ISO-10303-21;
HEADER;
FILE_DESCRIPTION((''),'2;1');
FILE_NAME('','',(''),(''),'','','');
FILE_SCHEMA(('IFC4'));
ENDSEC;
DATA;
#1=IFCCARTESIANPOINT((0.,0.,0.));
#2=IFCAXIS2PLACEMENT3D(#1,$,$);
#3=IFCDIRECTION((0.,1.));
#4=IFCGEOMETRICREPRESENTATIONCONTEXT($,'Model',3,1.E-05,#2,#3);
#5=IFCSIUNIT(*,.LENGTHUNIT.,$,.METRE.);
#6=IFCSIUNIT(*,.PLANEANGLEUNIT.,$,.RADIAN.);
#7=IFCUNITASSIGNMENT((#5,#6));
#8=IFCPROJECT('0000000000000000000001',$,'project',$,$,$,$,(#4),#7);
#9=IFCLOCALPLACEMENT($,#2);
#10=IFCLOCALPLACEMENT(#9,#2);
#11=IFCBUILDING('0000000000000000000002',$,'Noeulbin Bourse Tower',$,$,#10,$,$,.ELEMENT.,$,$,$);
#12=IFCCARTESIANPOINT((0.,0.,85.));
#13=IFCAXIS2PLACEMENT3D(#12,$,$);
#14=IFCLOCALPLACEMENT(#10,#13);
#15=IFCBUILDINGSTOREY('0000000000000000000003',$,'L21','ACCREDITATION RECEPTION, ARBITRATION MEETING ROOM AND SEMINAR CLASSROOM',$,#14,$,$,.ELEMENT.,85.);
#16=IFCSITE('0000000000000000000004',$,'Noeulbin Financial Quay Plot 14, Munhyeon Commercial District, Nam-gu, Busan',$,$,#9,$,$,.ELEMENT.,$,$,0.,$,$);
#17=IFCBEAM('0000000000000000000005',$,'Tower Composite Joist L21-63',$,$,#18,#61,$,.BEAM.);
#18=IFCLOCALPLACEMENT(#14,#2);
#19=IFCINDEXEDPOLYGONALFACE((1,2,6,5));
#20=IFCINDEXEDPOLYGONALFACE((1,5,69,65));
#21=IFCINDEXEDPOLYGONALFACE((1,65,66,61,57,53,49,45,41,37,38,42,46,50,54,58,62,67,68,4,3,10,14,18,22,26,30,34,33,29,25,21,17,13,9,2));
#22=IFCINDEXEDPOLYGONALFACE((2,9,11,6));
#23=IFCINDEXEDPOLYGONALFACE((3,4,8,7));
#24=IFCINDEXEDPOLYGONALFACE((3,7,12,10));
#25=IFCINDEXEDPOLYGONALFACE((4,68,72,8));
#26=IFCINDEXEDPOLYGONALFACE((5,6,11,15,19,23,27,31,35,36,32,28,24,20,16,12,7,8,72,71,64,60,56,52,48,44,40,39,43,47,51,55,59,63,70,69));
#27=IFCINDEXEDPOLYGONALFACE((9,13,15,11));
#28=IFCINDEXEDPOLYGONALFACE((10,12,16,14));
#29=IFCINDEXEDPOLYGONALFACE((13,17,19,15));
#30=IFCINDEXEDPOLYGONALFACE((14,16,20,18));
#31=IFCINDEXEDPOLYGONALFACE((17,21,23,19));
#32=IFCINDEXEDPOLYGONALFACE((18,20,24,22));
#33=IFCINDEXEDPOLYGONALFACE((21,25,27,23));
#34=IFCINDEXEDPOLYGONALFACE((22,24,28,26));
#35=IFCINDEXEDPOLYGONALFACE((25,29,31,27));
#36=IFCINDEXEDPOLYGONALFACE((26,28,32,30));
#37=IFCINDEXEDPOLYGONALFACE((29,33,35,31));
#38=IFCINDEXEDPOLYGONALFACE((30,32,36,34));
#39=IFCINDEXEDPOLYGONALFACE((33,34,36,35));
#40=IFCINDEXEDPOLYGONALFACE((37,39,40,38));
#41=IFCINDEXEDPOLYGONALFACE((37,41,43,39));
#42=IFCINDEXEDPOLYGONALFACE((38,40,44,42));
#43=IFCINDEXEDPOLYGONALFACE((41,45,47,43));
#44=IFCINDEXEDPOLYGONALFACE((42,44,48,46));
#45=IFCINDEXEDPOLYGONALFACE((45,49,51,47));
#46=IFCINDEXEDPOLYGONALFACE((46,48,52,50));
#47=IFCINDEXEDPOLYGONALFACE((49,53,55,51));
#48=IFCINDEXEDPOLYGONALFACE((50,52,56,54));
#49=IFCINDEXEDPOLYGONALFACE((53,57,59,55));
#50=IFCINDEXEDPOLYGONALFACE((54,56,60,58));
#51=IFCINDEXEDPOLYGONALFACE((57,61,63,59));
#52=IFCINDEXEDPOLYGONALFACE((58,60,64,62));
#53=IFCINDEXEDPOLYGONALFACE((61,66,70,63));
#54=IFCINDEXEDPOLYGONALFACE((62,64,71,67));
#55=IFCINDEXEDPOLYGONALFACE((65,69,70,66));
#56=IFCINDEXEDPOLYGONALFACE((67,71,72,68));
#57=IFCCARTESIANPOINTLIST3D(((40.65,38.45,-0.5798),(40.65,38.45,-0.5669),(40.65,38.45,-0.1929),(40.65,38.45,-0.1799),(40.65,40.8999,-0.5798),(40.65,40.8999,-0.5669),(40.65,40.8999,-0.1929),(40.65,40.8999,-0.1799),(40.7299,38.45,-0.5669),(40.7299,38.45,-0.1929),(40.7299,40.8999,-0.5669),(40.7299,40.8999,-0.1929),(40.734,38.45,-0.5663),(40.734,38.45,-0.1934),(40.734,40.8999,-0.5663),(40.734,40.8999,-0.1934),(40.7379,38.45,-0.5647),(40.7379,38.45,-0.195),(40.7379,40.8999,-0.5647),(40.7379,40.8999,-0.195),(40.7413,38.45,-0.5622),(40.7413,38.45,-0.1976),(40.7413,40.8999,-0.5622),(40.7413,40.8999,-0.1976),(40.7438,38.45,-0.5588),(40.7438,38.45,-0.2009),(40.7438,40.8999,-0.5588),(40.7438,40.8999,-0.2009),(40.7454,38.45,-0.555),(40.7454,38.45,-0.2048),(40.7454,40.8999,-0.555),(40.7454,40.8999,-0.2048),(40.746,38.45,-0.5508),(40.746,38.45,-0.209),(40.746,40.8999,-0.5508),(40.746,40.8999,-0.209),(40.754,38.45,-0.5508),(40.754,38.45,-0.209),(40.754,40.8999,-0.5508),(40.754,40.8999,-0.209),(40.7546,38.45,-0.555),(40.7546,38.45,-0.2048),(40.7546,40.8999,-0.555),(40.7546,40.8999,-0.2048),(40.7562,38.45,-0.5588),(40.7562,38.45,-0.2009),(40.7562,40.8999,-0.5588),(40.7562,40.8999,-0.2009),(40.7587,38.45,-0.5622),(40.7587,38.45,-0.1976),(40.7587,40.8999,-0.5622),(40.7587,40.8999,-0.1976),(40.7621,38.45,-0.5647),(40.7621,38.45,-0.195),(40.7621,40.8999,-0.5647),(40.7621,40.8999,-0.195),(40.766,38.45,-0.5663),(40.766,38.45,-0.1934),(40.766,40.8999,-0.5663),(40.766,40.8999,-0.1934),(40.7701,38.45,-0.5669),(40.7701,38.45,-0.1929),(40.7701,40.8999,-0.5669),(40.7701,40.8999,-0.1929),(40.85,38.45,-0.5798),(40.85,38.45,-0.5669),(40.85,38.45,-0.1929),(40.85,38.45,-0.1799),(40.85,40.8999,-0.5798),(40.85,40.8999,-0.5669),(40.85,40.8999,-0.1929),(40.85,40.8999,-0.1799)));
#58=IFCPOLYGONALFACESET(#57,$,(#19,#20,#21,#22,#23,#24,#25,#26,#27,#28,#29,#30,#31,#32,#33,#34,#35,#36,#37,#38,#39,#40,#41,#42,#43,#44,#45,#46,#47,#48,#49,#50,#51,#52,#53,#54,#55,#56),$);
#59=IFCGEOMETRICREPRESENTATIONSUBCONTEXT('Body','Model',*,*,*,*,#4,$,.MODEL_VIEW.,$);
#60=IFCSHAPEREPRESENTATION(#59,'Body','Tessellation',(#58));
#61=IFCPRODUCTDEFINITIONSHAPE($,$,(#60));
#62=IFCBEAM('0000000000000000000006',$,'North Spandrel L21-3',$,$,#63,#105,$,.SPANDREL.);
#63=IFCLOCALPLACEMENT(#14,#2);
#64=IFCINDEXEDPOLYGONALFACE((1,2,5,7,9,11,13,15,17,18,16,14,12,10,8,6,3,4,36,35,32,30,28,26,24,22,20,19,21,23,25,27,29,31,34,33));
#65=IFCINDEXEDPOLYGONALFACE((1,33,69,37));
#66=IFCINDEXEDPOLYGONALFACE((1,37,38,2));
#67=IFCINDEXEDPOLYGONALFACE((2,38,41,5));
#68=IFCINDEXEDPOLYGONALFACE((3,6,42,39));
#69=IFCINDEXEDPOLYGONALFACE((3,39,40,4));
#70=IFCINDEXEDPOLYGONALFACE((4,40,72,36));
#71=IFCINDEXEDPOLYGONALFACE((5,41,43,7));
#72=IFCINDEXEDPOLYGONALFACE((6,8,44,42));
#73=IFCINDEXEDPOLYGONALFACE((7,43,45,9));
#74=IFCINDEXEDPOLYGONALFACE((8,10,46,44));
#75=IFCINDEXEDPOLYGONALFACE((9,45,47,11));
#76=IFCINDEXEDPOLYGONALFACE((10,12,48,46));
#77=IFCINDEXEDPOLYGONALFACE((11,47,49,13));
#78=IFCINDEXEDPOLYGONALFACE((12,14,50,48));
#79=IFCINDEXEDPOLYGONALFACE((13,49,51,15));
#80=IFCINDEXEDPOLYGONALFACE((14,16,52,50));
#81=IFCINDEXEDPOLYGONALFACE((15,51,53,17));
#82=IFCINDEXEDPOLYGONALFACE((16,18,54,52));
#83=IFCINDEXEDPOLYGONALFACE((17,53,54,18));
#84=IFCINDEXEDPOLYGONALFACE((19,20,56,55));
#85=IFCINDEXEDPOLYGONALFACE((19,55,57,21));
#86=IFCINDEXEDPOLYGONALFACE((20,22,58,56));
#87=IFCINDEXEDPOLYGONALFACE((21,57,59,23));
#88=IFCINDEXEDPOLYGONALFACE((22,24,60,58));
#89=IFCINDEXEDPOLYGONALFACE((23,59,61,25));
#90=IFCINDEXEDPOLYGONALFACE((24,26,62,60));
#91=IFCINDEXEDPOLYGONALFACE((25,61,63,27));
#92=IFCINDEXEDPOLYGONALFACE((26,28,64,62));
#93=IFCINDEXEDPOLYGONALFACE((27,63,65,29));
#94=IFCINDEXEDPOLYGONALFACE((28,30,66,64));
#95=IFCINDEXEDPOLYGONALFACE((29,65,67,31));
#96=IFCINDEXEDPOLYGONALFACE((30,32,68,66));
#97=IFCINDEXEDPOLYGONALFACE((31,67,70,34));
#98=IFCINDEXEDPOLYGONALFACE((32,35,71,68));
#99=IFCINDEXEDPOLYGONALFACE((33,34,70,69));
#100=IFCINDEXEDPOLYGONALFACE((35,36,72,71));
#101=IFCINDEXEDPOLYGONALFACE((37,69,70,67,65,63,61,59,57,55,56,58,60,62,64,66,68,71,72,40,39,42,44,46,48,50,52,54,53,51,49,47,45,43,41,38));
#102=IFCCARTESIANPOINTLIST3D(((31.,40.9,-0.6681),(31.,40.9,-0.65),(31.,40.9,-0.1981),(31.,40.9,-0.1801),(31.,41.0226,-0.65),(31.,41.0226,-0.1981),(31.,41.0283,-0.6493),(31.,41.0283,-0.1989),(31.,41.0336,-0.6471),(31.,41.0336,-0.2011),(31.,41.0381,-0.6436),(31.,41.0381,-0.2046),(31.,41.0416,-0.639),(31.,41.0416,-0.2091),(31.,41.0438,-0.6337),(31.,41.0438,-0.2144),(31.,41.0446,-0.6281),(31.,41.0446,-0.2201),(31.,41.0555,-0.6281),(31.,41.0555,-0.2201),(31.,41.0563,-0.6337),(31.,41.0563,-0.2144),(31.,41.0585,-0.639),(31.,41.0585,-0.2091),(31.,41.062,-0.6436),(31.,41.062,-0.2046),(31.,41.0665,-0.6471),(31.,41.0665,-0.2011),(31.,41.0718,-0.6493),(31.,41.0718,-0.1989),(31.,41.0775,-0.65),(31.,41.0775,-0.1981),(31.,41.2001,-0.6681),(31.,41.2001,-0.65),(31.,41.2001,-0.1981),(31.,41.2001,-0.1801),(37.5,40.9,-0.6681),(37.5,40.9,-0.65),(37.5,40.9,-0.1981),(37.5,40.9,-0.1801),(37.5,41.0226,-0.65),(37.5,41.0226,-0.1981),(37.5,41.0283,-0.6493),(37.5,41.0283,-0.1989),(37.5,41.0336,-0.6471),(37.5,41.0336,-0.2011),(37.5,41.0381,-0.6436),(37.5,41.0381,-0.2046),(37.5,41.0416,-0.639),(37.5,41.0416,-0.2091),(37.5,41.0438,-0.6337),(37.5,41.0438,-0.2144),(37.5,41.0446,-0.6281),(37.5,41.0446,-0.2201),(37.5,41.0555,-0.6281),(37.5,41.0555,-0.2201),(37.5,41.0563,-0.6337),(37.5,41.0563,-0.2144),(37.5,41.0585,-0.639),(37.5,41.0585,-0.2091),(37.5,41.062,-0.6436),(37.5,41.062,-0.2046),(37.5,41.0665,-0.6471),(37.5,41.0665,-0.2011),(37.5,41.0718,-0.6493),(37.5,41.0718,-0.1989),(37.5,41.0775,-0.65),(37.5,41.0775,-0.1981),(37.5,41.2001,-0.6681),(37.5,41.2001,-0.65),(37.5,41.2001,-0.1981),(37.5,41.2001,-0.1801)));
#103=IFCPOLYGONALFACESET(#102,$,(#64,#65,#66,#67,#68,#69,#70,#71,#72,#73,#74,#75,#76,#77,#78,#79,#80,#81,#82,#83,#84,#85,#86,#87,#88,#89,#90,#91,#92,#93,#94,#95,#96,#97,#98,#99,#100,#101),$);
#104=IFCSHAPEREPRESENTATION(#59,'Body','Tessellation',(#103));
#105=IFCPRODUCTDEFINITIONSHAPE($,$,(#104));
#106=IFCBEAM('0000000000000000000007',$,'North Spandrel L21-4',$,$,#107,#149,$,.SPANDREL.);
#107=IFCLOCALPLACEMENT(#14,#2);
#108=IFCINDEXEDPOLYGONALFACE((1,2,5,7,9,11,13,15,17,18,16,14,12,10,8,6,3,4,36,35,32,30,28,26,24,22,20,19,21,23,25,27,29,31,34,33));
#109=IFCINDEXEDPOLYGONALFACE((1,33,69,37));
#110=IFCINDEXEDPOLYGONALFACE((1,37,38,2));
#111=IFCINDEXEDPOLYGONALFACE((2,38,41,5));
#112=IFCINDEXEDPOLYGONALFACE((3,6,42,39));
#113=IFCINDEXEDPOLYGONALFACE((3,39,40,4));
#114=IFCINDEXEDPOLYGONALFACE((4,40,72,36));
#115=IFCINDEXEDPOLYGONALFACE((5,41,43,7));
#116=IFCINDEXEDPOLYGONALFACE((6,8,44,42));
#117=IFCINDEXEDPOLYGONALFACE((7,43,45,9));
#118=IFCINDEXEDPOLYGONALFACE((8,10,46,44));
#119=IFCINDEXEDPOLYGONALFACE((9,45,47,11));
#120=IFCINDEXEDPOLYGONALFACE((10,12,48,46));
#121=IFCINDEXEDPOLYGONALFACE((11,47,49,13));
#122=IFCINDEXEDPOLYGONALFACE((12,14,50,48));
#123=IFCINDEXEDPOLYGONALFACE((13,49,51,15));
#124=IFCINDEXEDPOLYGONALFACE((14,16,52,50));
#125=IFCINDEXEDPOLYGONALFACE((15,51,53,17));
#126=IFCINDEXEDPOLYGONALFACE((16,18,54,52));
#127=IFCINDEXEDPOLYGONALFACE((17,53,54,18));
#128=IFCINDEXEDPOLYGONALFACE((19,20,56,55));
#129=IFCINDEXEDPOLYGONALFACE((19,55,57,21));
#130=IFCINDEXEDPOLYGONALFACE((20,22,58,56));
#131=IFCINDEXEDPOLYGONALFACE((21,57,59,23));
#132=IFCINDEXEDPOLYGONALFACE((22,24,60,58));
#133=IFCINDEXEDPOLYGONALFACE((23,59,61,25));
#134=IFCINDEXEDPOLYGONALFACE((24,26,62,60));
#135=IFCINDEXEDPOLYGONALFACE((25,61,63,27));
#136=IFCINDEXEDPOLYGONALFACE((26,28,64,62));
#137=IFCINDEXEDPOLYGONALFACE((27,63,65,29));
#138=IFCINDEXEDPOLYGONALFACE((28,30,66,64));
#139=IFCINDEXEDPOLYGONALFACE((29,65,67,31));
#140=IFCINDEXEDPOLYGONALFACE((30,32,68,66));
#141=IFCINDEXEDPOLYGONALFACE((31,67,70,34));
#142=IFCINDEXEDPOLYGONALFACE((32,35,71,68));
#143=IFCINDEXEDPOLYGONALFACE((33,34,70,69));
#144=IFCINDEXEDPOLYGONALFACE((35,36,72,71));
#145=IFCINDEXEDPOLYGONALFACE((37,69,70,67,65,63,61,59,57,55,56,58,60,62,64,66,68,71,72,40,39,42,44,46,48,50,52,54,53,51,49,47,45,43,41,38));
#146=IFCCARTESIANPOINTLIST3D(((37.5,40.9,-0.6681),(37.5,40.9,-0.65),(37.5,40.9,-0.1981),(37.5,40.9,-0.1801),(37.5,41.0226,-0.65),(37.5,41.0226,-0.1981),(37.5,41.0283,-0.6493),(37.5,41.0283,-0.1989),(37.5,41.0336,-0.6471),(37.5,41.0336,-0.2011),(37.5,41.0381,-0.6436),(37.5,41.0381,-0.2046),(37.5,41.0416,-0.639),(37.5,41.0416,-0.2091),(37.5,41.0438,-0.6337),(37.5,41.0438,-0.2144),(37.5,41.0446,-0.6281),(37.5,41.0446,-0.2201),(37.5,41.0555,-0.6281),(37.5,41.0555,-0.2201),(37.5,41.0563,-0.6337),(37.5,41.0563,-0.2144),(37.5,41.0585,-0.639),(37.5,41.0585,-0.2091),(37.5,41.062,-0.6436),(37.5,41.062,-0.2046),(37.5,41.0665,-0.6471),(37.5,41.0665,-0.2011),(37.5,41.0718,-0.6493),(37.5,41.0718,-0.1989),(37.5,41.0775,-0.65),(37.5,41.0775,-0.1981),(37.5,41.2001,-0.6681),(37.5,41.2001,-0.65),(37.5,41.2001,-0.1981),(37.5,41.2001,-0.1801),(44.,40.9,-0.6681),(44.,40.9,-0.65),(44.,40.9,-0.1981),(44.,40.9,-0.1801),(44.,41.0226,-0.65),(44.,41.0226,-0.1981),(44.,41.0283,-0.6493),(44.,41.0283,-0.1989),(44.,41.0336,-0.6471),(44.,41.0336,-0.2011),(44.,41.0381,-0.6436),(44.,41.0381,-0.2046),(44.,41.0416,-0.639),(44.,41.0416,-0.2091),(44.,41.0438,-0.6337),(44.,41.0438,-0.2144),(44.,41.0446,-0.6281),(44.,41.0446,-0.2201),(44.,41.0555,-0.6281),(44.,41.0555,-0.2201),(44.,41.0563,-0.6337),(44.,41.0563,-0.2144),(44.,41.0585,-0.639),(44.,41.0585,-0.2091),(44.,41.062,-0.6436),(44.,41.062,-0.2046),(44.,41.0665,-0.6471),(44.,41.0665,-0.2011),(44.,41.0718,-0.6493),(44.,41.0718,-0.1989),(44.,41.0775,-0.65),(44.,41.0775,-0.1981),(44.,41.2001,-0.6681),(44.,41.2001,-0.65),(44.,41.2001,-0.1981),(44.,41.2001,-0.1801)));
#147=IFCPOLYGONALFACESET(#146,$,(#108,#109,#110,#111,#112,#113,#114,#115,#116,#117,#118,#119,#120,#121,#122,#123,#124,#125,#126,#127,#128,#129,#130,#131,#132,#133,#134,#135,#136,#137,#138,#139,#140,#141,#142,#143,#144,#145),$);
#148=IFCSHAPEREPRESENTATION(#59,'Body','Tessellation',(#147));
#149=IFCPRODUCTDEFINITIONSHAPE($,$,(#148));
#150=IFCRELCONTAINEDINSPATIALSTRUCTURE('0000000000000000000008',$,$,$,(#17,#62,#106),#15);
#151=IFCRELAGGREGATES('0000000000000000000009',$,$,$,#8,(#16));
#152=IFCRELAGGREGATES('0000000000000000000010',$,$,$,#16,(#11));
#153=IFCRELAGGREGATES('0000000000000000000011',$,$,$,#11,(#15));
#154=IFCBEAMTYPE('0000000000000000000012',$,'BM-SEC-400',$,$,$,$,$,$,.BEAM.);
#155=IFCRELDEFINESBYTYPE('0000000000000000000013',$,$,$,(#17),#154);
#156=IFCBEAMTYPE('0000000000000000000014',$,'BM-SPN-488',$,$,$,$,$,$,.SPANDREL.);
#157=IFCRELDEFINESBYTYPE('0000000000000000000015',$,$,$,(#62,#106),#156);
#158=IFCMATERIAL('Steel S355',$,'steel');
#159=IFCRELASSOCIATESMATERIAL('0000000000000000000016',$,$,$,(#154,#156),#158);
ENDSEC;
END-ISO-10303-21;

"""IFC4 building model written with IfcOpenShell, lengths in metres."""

from ifc_helpers import new_model, si_unit, direction, frame, origin, origin_2d, place, context, subcontext, project, spatial, i_section, extrude, material, material_profile, profile_set, type_object, element, save


model = new_model("IFC4")

# Units and contexts
model_context = context("Model", 3, precision=1e-05, world=origin(), true_north=direction((0.0, 1.0)))
body_context = subcontext(model_context, "Body", "Model", "MODEL_VIEW")
ifc_project = project(units=[si_unit("LENGTHUNIT", "METRE"), si_unit("PLANEANGLEUNIT", "RADIAN")], contexts=[model_context])

# Site, building, storey
site_placement = place(None, origin())
site = spatial("IfcSite", under=ifc_project, at=site_placement, Name="Noeulbin Financial Quay Plot 14, Munhyeon Commercial District, Nam-gu, Busan", CompositionType="ELEMENT", RefElevation=0.0)
building_placement = place(site_placement, origin())
building = spatial("IfcBuilding", under=site, at=building_placement, Name="Noeulbin Bourse Tower", CompositionType="ELEMENT")
storey_placement = place(building_placement, frame((0.0, 0.0, 85.0)))
storey = spatial("IfcBuildingStorey", under=building, at=storey_placement, Name="L21", Description="ACCREDITATION RECEPTION, ARBITRATION MEETING ROOM AND SEMINAR CLASSROOM", CompositionType="ELEMENT", Elevation=85.0)

# Beams
ifc_material_1 = material(Name="Steel S355", Category="steel")
ifc_material_profile_1 = material_profile(ifc_material_1, i_section(OverallWidth=0.2, OverallDepth=0.3999, WebThickness=0.0081, FlangeThickness=0.0129, FilletRadius=0.0161, at=origin_2d()), Name="H-400x200x8x13", Category="LoadBearing")
ifc_profile_set_1 = profile_set([ifc_material_profile_1], Name="Steel S355")
beam_type_1 = type_object("IfcBeamType", Name="BM-SEC-400", PredefinedType="BEAM", material=ifc_profile_set_1)
for number, where, z_axis, x_axis, name in (
    (1, (40.75, 38.45, -0.3799), (0.0, 1.0, 0.0), (-1.0, 0.0, 0.0), "Tower Composite Joist L21-63"),
):
    element("IfcBeam", number, at=place(storey_placement, frame(where, z_axis=z_axis, x_axis=x_axis)), inside=storey, type_object=beam_type_1, Name=name, PredefinedType="BEAM", context=body_context, shape_type="SweptSolid", body=[
        extrude(i_section(OverallWidth=0.2, OverallDepth=0.3999, WebThickness=0.0081, FlangeThickness=0.0129, FilletRadius=0.0161, at=origin_2d()), origin(), (0.0, 0.0, 1.0), 2.45),
    ])
ifc_material_profile_2 = material_profile(ifc_material_1, i_section(OverallWidth=0.3, OverallDepth=0.488, WebThickness=0.011, FlangeThickness=0.0181, FilletRadius=0.022, at=origin_2d()), Name="H-488x300x11x18", Category="LoadBearing")
ifc_profile_set_2 = profile_set([ifc_material_profile_2], Name="Steel S355")
beam_type_2 = type_object("IfcBeamType", Name="BM-SPN-488", PredefinedType="SPANDREL", material=ifc_profile_set_2)
for number, where, z_axis, x_axis, name in (
    (2, (31.0, 41.05, -0.4241), (1.0, 0.0, 0.0), (0.0, 1.0, 0.0), "North Spandrel L21-3"),
    (3, (37.5, 41.05, -0.4241), (1.0, 0.0, 0.0), (0.0, 1.0, 0.0), "North Spandrel L21-4"),
):
    element("IfcBeam", number, at=place(storey_placement, frame(where, z_axis=z_axis, x_axis=x_axis)), inside=storey, type_object=beam_type_2, Name=name, PredefinedType="SPANDREL", context=body_context, shape_type="SweptSolid", body=[
        extrude(i_section(OverallWidth=0.3, OverallDepth=0.488, WebThickness=0.011, FlangeThickness=0.0181, FilletRadius=0.022, at=origin_2d()), origin(), (0.0, 0.0, 1.0), 6.5),
    ])

save(model, "model.ifc")
